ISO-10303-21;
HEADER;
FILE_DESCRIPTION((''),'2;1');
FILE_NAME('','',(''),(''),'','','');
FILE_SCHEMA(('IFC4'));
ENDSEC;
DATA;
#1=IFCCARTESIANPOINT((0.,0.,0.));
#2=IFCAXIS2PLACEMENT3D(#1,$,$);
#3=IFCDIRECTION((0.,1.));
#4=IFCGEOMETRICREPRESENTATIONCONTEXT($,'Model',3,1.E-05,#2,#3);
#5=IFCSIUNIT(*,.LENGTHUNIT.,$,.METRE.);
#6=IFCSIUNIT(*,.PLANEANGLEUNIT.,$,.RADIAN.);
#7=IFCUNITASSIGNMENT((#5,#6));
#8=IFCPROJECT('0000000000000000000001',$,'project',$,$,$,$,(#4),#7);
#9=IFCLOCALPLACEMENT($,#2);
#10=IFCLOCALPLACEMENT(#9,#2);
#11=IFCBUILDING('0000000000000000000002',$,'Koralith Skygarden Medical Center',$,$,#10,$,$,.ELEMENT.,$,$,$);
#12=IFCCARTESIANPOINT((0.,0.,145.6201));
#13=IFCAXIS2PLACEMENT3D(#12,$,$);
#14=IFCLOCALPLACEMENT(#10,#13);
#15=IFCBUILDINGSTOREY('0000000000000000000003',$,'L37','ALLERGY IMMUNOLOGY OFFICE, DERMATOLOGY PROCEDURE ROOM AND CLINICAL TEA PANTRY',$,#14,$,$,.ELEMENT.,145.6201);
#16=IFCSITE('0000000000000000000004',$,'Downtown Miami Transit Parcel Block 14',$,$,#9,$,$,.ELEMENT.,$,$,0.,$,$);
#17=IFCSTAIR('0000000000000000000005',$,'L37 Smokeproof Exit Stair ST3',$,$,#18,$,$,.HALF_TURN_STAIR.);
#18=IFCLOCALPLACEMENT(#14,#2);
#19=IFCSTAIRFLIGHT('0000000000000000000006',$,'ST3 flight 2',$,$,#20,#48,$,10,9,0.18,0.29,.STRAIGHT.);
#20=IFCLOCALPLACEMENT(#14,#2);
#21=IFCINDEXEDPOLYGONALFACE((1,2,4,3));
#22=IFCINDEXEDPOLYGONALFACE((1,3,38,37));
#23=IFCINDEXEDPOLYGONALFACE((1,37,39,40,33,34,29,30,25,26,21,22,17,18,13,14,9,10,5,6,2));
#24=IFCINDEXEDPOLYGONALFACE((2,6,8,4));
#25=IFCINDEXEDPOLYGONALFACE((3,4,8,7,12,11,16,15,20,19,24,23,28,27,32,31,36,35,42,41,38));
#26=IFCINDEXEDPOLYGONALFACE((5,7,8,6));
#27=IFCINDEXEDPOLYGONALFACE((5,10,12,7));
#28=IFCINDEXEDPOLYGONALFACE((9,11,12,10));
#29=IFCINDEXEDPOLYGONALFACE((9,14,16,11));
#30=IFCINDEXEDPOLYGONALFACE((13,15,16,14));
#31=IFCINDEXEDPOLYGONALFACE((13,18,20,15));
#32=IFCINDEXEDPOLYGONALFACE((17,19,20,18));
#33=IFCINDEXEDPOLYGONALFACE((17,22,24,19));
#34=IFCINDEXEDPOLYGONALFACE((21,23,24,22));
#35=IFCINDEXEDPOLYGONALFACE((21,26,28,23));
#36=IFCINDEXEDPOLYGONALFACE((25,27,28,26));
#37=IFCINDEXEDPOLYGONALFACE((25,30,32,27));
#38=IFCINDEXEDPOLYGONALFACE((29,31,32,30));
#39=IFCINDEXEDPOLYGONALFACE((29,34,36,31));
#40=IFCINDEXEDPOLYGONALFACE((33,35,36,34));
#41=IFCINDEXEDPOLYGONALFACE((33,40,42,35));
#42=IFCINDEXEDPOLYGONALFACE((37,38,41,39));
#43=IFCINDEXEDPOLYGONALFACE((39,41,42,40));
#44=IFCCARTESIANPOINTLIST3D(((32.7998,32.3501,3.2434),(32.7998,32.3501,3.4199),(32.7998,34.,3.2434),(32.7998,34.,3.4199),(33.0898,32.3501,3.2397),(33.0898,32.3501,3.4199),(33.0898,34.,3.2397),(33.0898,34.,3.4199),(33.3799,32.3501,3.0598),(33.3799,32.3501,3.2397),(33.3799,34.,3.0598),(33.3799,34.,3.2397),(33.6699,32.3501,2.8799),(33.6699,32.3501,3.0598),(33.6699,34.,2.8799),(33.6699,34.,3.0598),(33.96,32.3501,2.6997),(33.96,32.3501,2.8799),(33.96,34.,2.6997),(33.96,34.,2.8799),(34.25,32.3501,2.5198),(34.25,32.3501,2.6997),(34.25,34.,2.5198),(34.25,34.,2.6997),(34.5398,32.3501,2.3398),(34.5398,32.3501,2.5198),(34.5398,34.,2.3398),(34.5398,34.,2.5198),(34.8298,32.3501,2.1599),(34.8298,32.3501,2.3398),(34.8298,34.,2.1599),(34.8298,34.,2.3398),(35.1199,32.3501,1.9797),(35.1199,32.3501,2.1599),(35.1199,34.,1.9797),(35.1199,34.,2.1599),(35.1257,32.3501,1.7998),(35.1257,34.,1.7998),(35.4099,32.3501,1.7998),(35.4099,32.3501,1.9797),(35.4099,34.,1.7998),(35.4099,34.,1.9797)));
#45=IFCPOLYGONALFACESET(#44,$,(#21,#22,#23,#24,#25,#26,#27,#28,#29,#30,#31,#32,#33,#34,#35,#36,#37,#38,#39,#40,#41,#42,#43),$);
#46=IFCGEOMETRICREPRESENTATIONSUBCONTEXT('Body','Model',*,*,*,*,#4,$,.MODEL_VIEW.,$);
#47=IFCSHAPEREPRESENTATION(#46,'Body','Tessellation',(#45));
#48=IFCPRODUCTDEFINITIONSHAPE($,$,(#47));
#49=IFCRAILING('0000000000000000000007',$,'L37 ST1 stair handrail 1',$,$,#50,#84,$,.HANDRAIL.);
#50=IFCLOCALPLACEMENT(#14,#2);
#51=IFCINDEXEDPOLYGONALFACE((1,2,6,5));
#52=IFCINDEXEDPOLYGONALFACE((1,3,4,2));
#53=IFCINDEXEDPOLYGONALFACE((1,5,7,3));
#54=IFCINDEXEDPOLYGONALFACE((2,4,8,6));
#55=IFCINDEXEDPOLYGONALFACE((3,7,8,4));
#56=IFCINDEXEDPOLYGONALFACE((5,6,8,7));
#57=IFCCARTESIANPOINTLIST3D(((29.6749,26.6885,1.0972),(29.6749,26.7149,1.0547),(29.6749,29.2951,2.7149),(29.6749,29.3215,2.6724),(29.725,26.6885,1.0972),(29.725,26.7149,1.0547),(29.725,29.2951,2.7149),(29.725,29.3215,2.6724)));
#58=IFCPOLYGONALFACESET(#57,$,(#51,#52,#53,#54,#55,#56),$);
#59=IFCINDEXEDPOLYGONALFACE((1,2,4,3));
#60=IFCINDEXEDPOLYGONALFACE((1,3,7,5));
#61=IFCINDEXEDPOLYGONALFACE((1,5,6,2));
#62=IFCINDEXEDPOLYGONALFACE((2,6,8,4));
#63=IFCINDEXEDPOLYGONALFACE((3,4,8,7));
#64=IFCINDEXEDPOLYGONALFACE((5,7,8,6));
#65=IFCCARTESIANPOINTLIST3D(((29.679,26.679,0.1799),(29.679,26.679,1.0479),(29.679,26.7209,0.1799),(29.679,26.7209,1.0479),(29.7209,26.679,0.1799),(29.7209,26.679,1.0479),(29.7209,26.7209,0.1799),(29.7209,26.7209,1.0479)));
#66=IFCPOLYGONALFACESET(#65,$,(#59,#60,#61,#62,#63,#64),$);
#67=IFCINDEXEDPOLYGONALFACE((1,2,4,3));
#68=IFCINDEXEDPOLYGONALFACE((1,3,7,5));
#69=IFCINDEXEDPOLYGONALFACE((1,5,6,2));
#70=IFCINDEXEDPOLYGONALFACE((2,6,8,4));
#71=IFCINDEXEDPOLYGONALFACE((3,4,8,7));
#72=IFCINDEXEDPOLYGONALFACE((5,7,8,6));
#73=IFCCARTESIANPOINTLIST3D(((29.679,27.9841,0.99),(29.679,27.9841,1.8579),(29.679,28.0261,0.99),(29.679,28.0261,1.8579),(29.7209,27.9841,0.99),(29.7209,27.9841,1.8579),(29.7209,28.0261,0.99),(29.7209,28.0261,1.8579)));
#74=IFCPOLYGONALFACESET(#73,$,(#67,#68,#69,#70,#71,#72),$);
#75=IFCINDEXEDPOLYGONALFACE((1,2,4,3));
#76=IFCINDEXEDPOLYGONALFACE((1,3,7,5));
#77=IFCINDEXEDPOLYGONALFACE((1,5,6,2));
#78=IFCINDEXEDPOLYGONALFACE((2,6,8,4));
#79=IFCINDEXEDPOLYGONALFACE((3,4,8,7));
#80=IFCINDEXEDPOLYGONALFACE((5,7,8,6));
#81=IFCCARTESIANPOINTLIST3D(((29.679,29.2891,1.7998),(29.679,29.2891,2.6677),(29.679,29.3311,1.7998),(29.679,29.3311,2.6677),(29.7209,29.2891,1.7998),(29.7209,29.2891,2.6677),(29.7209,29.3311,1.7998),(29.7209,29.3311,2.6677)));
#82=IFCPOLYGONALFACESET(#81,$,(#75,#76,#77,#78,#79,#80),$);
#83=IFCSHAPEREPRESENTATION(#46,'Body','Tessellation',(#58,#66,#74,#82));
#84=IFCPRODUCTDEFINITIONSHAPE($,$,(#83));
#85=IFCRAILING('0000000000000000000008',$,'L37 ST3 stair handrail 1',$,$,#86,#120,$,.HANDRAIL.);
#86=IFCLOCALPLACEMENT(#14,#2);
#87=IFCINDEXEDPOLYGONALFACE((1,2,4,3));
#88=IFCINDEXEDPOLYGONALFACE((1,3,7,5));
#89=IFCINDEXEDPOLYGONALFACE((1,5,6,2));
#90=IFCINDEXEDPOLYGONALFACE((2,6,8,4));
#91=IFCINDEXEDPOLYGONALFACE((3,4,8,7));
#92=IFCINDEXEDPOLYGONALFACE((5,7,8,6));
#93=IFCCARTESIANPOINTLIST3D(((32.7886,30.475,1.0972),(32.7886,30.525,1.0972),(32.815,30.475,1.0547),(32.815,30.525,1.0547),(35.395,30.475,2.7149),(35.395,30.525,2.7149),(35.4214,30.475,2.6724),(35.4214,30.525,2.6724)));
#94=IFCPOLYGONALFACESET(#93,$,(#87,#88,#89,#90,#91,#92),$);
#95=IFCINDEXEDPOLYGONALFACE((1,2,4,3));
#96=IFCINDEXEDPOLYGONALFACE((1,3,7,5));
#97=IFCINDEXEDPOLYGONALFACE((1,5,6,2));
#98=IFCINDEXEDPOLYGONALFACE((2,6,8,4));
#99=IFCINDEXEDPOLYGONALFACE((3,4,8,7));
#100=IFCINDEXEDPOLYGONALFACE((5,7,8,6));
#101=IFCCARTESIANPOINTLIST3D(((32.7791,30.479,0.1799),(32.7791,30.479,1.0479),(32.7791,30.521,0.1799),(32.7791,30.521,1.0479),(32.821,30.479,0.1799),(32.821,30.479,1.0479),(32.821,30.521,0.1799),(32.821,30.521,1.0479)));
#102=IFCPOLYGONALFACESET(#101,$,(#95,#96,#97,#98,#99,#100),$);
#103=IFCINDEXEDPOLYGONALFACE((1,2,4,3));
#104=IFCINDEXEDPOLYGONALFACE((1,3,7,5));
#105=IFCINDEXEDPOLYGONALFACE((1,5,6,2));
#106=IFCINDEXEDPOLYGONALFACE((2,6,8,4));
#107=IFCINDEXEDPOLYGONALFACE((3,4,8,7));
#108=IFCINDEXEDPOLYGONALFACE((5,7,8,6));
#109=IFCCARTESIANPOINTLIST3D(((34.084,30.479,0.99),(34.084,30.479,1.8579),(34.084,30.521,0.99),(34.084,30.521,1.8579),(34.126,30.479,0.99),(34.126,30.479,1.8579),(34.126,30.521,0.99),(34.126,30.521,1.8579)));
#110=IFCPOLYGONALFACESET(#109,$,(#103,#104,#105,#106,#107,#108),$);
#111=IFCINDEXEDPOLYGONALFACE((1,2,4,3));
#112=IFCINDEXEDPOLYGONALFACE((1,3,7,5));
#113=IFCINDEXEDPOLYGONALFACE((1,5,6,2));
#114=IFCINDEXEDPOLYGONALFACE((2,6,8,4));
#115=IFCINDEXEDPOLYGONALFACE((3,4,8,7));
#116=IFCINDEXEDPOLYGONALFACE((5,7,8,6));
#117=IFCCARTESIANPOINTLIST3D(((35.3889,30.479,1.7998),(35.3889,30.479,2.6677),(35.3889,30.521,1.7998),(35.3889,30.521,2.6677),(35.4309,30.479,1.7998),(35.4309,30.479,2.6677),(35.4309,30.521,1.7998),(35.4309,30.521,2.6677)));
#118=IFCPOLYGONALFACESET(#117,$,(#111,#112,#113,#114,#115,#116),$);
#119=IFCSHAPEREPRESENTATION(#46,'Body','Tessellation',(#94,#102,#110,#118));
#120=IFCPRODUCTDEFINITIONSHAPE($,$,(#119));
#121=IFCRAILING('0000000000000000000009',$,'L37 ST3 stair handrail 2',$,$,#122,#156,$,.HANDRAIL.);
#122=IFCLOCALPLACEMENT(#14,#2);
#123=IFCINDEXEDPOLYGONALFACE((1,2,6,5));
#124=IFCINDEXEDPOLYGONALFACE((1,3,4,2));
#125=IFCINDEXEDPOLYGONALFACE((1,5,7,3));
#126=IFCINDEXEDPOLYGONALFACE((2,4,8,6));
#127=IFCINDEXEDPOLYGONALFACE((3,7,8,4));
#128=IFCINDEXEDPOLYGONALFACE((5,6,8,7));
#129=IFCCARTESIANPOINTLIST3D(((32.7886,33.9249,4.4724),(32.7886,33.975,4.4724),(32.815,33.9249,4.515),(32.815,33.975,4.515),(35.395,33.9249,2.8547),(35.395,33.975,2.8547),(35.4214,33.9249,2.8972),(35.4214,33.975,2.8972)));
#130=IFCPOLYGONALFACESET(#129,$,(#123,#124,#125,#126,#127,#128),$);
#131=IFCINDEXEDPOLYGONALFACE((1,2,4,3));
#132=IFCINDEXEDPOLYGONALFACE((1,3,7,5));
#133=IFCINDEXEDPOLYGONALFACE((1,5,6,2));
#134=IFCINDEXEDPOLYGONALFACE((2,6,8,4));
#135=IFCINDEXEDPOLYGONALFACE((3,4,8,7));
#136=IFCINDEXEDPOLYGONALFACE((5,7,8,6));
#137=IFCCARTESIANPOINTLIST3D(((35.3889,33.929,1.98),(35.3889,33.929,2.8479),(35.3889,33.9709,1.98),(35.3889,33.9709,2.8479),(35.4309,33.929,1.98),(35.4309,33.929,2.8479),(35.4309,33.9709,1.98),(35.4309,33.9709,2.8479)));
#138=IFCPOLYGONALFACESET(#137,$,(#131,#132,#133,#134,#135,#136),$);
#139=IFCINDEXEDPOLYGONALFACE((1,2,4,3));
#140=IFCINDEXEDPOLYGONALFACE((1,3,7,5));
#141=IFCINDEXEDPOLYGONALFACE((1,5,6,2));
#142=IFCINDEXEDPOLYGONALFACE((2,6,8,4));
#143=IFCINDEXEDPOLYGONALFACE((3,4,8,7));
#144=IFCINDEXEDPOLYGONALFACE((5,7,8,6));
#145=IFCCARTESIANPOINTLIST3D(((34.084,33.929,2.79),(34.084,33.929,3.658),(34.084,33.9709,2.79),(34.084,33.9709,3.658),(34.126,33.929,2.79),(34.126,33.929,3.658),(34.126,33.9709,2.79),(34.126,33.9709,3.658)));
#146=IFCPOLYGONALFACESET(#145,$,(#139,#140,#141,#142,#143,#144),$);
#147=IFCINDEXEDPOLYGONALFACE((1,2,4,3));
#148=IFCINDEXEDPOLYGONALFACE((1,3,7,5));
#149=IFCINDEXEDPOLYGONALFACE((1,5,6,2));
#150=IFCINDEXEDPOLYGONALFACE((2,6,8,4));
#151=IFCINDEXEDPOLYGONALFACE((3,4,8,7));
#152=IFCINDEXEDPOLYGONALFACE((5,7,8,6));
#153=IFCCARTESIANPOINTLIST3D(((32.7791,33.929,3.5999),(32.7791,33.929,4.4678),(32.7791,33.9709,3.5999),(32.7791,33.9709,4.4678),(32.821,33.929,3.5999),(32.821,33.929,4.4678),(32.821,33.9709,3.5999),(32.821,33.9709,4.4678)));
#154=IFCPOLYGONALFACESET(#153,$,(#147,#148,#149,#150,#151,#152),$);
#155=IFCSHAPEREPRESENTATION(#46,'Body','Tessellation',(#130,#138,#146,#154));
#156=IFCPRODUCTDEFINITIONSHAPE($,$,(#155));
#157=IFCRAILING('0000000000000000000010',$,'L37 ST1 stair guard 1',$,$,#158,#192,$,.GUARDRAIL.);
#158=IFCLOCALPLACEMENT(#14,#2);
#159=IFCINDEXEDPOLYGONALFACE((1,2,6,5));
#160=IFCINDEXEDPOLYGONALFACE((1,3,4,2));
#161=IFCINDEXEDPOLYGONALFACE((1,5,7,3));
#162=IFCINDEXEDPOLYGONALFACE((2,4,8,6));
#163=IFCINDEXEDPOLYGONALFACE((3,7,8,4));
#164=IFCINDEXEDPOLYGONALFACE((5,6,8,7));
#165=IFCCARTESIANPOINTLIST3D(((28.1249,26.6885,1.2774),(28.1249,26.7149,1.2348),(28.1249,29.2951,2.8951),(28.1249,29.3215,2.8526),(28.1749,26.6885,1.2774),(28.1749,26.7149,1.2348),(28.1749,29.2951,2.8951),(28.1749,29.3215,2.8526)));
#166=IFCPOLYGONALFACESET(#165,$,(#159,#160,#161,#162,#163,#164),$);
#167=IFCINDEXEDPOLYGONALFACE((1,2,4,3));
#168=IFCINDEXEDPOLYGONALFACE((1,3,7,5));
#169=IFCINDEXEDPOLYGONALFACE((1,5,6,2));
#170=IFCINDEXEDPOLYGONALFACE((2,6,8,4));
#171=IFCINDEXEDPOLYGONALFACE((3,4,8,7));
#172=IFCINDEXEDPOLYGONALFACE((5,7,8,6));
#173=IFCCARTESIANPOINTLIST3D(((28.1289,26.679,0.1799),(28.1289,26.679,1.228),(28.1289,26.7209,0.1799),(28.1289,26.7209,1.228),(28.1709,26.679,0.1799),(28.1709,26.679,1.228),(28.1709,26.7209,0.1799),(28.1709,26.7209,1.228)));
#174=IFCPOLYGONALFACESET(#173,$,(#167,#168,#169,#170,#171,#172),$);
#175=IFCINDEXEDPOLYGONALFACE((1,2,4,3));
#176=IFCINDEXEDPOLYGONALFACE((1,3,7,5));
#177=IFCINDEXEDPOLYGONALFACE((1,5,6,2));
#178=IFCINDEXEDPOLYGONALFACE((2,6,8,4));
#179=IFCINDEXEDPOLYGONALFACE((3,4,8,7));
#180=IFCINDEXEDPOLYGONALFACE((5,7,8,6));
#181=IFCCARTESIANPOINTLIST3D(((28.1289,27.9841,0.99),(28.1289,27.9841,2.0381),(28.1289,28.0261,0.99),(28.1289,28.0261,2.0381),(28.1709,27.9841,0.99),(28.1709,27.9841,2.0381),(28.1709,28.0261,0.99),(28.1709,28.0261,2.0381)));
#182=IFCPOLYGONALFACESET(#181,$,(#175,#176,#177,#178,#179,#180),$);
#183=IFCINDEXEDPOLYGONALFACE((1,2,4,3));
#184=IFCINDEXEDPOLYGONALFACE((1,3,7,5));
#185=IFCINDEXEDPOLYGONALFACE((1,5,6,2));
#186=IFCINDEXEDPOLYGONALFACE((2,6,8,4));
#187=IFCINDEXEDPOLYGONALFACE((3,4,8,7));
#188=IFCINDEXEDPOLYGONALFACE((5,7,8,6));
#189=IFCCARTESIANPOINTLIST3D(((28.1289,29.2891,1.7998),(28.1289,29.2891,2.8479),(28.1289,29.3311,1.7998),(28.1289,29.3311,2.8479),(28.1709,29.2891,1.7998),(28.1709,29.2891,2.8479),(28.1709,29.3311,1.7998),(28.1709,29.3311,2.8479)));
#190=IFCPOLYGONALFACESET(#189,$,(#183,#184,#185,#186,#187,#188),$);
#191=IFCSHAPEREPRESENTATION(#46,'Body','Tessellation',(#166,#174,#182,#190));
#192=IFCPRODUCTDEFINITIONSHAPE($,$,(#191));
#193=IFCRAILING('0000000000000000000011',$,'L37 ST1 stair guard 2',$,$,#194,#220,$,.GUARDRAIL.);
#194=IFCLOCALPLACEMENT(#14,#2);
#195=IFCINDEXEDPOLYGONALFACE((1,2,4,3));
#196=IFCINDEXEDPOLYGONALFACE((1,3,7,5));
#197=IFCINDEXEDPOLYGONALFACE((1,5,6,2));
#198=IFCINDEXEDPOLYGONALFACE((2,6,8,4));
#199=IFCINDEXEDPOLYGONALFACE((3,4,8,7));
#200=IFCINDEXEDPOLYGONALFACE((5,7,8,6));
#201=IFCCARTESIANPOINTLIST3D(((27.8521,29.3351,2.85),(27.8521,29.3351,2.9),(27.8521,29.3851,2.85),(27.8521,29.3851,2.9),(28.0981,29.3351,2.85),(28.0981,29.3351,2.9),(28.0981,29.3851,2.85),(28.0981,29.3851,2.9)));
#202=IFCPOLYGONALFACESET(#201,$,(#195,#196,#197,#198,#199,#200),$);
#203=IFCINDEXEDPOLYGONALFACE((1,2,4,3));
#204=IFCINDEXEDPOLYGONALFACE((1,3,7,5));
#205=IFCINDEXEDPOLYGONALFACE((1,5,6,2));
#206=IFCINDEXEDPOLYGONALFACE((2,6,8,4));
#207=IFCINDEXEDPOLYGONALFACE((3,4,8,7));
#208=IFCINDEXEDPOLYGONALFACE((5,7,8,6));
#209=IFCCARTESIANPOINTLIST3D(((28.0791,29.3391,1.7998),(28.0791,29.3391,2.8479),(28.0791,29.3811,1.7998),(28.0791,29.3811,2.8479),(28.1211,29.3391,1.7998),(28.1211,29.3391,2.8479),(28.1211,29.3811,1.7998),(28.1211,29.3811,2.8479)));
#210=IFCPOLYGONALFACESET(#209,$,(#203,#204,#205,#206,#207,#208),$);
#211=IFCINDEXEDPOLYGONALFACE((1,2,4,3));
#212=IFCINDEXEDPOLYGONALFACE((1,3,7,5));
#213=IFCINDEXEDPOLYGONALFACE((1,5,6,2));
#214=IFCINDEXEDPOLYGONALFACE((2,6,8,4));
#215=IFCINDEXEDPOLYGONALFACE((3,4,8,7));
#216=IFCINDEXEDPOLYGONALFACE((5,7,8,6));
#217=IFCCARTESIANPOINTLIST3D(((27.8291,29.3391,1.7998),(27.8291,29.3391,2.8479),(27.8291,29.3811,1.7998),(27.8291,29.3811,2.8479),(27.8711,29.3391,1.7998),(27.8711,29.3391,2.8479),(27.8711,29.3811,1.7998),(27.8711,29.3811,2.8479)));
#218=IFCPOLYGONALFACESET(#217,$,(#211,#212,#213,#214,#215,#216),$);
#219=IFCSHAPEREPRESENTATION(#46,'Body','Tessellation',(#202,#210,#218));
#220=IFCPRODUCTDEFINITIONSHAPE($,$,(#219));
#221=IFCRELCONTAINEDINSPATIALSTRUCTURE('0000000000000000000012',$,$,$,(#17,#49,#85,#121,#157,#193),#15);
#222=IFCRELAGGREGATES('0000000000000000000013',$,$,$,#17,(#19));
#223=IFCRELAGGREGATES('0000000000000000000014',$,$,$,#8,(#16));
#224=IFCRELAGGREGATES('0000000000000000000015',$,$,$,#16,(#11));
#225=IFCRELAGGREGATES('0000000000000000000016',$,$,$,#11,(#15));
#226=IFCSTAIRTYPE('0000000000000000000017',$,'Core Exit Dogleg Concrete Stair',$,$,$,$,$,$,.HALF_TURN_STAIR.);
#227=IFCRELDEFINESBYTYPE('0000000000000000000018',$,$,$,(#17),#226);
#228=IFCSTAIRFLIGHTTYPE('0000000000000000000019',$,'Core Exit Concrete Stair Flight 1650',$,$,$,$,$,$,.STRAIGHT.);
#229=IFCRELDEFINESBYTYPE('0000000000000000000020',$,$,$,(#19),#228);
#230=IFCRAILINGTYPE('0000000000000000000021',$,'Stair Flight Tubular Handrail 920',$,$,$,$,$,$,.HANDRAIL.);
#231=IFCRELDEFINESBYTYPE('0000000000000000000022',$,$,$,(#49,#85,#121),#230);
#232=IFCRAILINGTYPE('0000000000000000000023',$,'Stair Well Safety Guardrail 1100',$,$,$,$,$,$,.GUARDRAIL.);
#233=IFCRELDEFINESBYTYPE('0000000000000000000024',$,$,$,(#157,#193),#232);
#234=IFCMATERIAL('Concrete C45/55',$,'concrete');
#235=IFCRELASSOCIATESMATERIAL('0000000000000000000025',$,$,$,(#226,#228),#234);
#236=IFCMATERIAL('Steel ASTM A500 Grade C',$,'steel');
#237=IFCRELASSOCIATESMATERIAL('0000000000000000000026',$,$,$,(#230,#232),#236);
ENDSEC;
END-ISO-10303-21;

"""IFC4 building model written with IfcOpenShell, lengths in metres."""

from ifc_helpers import new_model, si_unit, direction, frame, origin, origin_2d, place, context, subcontext, project, spatial, polyline, rectangle, outline, extrude, material, type_object, element, aggregate, save


model = new_model("IFC4")

# Units and contexts
model_context = context("Model", 3, precision=1e-05, world=origin(), true_north=direction((0.0, 1.0)))
body_context = subcontext(model_context, "Body", "Model", "MODEL_VIEW")
ifc_project = project(units=[si_unit("LENGTHUNIT", "METRE"), si_unit("PLANEANGLEUNIT", "RADIAN")], contexts=[model_context])

# Site, building, storey
site_placement = place(None, origin())
site = spatial("IfcSite", under=ifc_project, at=site_placement, Name="Downtown Miami Transit Parcel Block 14", CompositionType="ELEMENT", RefElevation=0.0)
building_placement = place(site_placement, origin())
building = spatial("IfcBuilding", under=site, at=building_placement, Name="Koralith Skygarden Medical Center", CompositionType="ELEMENT")
storey_placement = place(building_placement, frame((0.0, 0.0, 145.6201)))
storey = spatial("IfcBuildingStorey", under=building, at=storey_placement, Name="L37", Description="ALLERGY IMMUNOLOGY OFFICE, DERMATOLOGY PROCEDURE ROOM AND CLINICAL TEA PANTRY", CompositionType="ELEMENT", Elevation=145.6201)

# Shared definitions
ifc_material_1 = material(Name="Concrete C45/55", Category="concrete")

# Stair, stair flight
stair_type = type_object("IfcStairType", Name="Core Exit Dogleg Concrete Stair", PredefinedType="HALF_TURN_STAIR", material=ifc_material_1)
stair_flight_type = type_object("IfcStairFlightType", Name="Core Exit Concrete Stair Flight 1650", PredefinedType="STRAIGHT", material=ifc_material_1)
stair_1_placement = place(storey_placement, origin())
stair_1 = element("IfcStair", 1, at=stair_1_placement, inside=storey, type_object=stair_type, Name="L37 Smokeproof Exit Stair ST3", PredefinedType="HALF_TURN_STAIR")
stair_flight_1_placement = place(storey_placement, frame((35.4099, 33.175, 1.7998), z_axis=(0.0, 0.0, 1.0), x_axis=(-1.0, 0.0, 0.0)))
stair_flight_1 = element("IfcStairFlight", 2, at=stair_flight_1_placement, type_object=stair_flight_type, Name="ST3 flight 2", NumberOfRisers=10, NumberOfTreads=9, PredefinedType="STRAIGHT", RiserHeight=0.18, TreadLength=0.29, context=body_context, shape_type="SweptSolid", body=[
    extrude(outline(polyline([(0.0, 0.0), (0.0, 0.1799), (0.29, 0.1799), (0.29, 0.3601), (0.5801, 0.3601), (0.5801, 0.54), (0.8701, 0.54), (0.8701, 0.72), (1.1599, 0.72), (1.1599, 0.8999), (1.45, 0.8999), (1.45, 1.0801), (1.74, 1.0801), (1.74, 1.26), (2.03, 1.26), (2.03, 1.4399), (2.3201, 1.4399), (2.3201, 1.6201), (2.6101, 1.6201), (2.6101, 1.8), (2.6101, 1.4436), (0.2842, 0.0), (0.0, 0.0)])), frame((0.0, 0.825, 0.0), z_axis=(0.0, -1.0, 0.0), x_axis=(1.0, 0.0, 0.0)), (0.0, 0.0, 1.0), 1.6499),
])
aggregate(stair_1, [stair_flight_1])

# Railings
ifc_material_2 = material(Name="Steel ASTM A500 Grade C", Category="steel")
railing_type_1 = type_object("IfcRailingType", Name="Stair Flight Tubular Handrail 920", PredefinedType="HANDRAIL", material=ifc_material_2)
railing_1_placement = place(storey_placement, frame((29.7, 26.7, 0.1799)))
element("IfcRailing", 3, at=railing_1_placement, inside=storey, type_object=railing_type_1, Name="L37 ST1 stair handrail 1", PredefinedType="HANDRAIL", context=body_context, shape_type="SweptSolid", body=[
    extrude(rectangle(XDim=0.05, YDim=0.05, at=origin_2d()), frame((0.0, 0.0017, 0.896), z_axis=(0.0, 0.849668, 0.527317), x_axis=(-1.0, 0.0, 0.0)), (0.0, 0.0, 1.0), 3.0679),
    extrude(rectangle(XDim=0.042, YDim=0.042, at=origin_2d()), origin(), (0.0, 0.0, 1.0), 0.8679),
    extrude(rectangle(XDim=0.042, YDim=0.042, at=origin_2d()), frame((0.0, 1.3052, 0.8101)), (0.0, 0.0, 1.0), 0.8679),
    extrude(rectangle(XDim=0.042, YDim=0.042, at=origin_2d()), frame((0.0, 2.6101, 1.6199)), (0.0, 0.0, 1.0), 0.8679),
])
railing_2_placement = place(storey_placement, frame((32.8, 30.5, 0.1799)))
element("IfcRailing", 4, at=railing_2_placement, inside=storey, type_object=railing_type_1, Name="L37 ST3 stair handrail 1", PredefinedType="HANDRAIL", context=body_context, shape_type="SweptSolid", body=[
    extrude(rectangle(XDim=0.05, YDim=0.05, at=origin_2d()), frame((0.0017, 0.0, 0.896), z_axis=(0.849646, 0.0, 0.527353), x_axis=(0.0, 1.0, 0.0)), (0.0, 0.0, 1.0), 3.0676),
    extrude(rectangle(XDim=0.042, YDim=0.042, at=origin_2d()), origin(), (0.0, 0.0, 1.0), 0.8679),
    extrude(rectangle(XDim=0.042, YDim=0.042, at=origin_2d()), frame((1.3049, 0.0, 0.8101)), (0.0, 0.0, 1.0), 0.8679),
    extrude(rectangle(XDim=0.042, YDim=0.042, at=origin_2d()), frame((2.6099, 0.0, 1.6199)), (0.0, 0.0, 1.0), 0.8679),
])
railing_3_placement = place(storey_placement, frame((35.4099, 33.95, 1.98)))
element("IfcRailing", 5, at=railing_3_placement, inside=storey, type_object=railing_type_1, Name="L37 ST3 stair handrail 2", PredefinedType="HANDRAIL", context=body_context, shape_type="SweptSolid", body=[
    extrude(rectangle(XDim=0.05, YDim=0.05, at=origin_2d()), frame((-0.0017, 0.0, 0.896), z_axis=(-0.849646, 0.0, 0.527353), x_axis=(0.0, -1.0, 0.0)), (0.0, 0.0, 1.0), 3.0676),
    extrude(rectangle(XDim=0.042, YDim=0.042, at=origin_2d()), origin(), (0.0, 0.0, 1.0), 0.8679),
    extrude(rectangle(XDim=0.042, YDim=0.042, at=origin_2d()), frame((-1.3049, 0.0, 0.8101)), (0.0, 0.0, 1.0), 0.8679),
    extrude(rectangle(XDim=0.042, YDim=0.042, at=origin_2d()), frame((-2.6099, 0.0, 1.6199)), (0.0, 0.0, 1.0), 0.8679),
])
railing_type_2 = type_object("IfcRailingType", Name="Stair Well Safety Guardrail 1100", PredefinedType="GUARDRAIL", material=ifc_material_2)
railing_4_placement = place(storey_placement, frame((28.1499, 26.7, 0.1799)))
element("IfcRailing", 6, at=railing_4_placement, inside=storey, type_object=railing_type_2, Name="L37 ST1 stair guard 1", PredefinedType="GUARDRAIL", context=body_context, shape_type="SweptSolid", body=[
    extrude(rectangle(XDim=0.05, YDim=0.05, at=origin_2d()), frame((0.0, 0.0017, 1.0762), z_axis=(0.0, 0.849668, 0.527317), x_axis=(-1.0, 0.0, 0.0)), (0.0, 0.0, 1.0), 3.0679),
    extrude(rectangle(XDim=0.042, YDim=0.042, at=origin_2d()), origin(), (0.0, 0.0, 1.0), 1.0481),
    extrude(rectangle(XDim=0.042, YDim=0.042, at=origin_2d()), frame((0.0, 1.3052, 0.8101)), (0.0, 0.0, 1.0), 1.0481),
    extrude(rectangle(XDim=0.042, YDim=0.042, at=origin_2d()), frame((0.0, 2.6101, 1.6199)), (0.0, 0.0, 1.0), 1.0481),
])
railing_5_placement = place(storey_placement, frame((28.1001, 29.3601, 1.7998)))
element("IfcRailing", 7, at=railing_5_placement, inside=storey, type_object=railing_type_2, Name="L37 ST1 stair guard 2", PredefinedType="GUARDRAIL", context=body_context, shape_type="SweptSolid", body=[
    extrude(rectangle(XDim=0.05, YDim=0.05, at=origin_2d()), frame((-0.002, 0.0, 1.0752), z_axis=(-1.0, 0.0, 0.0), x_axis=(0.0, -1.0, 0.0)), (0.0, 0.0, 1.0), 0.2461),
    extrude(rectangle(XDim=0.042, YDim=0.042, at=origin_2d()), origin(), (0.0, 0.0, 1.0), 1.0481),
    extrude(rectangle(XDim=0.042, YDim=0.042, at=origin_2d()), frame((-0.25, 0.0, 0.0)), (0.0, 0.0, 1.0), 1.0481),
])

save(model, "model.ifc")
